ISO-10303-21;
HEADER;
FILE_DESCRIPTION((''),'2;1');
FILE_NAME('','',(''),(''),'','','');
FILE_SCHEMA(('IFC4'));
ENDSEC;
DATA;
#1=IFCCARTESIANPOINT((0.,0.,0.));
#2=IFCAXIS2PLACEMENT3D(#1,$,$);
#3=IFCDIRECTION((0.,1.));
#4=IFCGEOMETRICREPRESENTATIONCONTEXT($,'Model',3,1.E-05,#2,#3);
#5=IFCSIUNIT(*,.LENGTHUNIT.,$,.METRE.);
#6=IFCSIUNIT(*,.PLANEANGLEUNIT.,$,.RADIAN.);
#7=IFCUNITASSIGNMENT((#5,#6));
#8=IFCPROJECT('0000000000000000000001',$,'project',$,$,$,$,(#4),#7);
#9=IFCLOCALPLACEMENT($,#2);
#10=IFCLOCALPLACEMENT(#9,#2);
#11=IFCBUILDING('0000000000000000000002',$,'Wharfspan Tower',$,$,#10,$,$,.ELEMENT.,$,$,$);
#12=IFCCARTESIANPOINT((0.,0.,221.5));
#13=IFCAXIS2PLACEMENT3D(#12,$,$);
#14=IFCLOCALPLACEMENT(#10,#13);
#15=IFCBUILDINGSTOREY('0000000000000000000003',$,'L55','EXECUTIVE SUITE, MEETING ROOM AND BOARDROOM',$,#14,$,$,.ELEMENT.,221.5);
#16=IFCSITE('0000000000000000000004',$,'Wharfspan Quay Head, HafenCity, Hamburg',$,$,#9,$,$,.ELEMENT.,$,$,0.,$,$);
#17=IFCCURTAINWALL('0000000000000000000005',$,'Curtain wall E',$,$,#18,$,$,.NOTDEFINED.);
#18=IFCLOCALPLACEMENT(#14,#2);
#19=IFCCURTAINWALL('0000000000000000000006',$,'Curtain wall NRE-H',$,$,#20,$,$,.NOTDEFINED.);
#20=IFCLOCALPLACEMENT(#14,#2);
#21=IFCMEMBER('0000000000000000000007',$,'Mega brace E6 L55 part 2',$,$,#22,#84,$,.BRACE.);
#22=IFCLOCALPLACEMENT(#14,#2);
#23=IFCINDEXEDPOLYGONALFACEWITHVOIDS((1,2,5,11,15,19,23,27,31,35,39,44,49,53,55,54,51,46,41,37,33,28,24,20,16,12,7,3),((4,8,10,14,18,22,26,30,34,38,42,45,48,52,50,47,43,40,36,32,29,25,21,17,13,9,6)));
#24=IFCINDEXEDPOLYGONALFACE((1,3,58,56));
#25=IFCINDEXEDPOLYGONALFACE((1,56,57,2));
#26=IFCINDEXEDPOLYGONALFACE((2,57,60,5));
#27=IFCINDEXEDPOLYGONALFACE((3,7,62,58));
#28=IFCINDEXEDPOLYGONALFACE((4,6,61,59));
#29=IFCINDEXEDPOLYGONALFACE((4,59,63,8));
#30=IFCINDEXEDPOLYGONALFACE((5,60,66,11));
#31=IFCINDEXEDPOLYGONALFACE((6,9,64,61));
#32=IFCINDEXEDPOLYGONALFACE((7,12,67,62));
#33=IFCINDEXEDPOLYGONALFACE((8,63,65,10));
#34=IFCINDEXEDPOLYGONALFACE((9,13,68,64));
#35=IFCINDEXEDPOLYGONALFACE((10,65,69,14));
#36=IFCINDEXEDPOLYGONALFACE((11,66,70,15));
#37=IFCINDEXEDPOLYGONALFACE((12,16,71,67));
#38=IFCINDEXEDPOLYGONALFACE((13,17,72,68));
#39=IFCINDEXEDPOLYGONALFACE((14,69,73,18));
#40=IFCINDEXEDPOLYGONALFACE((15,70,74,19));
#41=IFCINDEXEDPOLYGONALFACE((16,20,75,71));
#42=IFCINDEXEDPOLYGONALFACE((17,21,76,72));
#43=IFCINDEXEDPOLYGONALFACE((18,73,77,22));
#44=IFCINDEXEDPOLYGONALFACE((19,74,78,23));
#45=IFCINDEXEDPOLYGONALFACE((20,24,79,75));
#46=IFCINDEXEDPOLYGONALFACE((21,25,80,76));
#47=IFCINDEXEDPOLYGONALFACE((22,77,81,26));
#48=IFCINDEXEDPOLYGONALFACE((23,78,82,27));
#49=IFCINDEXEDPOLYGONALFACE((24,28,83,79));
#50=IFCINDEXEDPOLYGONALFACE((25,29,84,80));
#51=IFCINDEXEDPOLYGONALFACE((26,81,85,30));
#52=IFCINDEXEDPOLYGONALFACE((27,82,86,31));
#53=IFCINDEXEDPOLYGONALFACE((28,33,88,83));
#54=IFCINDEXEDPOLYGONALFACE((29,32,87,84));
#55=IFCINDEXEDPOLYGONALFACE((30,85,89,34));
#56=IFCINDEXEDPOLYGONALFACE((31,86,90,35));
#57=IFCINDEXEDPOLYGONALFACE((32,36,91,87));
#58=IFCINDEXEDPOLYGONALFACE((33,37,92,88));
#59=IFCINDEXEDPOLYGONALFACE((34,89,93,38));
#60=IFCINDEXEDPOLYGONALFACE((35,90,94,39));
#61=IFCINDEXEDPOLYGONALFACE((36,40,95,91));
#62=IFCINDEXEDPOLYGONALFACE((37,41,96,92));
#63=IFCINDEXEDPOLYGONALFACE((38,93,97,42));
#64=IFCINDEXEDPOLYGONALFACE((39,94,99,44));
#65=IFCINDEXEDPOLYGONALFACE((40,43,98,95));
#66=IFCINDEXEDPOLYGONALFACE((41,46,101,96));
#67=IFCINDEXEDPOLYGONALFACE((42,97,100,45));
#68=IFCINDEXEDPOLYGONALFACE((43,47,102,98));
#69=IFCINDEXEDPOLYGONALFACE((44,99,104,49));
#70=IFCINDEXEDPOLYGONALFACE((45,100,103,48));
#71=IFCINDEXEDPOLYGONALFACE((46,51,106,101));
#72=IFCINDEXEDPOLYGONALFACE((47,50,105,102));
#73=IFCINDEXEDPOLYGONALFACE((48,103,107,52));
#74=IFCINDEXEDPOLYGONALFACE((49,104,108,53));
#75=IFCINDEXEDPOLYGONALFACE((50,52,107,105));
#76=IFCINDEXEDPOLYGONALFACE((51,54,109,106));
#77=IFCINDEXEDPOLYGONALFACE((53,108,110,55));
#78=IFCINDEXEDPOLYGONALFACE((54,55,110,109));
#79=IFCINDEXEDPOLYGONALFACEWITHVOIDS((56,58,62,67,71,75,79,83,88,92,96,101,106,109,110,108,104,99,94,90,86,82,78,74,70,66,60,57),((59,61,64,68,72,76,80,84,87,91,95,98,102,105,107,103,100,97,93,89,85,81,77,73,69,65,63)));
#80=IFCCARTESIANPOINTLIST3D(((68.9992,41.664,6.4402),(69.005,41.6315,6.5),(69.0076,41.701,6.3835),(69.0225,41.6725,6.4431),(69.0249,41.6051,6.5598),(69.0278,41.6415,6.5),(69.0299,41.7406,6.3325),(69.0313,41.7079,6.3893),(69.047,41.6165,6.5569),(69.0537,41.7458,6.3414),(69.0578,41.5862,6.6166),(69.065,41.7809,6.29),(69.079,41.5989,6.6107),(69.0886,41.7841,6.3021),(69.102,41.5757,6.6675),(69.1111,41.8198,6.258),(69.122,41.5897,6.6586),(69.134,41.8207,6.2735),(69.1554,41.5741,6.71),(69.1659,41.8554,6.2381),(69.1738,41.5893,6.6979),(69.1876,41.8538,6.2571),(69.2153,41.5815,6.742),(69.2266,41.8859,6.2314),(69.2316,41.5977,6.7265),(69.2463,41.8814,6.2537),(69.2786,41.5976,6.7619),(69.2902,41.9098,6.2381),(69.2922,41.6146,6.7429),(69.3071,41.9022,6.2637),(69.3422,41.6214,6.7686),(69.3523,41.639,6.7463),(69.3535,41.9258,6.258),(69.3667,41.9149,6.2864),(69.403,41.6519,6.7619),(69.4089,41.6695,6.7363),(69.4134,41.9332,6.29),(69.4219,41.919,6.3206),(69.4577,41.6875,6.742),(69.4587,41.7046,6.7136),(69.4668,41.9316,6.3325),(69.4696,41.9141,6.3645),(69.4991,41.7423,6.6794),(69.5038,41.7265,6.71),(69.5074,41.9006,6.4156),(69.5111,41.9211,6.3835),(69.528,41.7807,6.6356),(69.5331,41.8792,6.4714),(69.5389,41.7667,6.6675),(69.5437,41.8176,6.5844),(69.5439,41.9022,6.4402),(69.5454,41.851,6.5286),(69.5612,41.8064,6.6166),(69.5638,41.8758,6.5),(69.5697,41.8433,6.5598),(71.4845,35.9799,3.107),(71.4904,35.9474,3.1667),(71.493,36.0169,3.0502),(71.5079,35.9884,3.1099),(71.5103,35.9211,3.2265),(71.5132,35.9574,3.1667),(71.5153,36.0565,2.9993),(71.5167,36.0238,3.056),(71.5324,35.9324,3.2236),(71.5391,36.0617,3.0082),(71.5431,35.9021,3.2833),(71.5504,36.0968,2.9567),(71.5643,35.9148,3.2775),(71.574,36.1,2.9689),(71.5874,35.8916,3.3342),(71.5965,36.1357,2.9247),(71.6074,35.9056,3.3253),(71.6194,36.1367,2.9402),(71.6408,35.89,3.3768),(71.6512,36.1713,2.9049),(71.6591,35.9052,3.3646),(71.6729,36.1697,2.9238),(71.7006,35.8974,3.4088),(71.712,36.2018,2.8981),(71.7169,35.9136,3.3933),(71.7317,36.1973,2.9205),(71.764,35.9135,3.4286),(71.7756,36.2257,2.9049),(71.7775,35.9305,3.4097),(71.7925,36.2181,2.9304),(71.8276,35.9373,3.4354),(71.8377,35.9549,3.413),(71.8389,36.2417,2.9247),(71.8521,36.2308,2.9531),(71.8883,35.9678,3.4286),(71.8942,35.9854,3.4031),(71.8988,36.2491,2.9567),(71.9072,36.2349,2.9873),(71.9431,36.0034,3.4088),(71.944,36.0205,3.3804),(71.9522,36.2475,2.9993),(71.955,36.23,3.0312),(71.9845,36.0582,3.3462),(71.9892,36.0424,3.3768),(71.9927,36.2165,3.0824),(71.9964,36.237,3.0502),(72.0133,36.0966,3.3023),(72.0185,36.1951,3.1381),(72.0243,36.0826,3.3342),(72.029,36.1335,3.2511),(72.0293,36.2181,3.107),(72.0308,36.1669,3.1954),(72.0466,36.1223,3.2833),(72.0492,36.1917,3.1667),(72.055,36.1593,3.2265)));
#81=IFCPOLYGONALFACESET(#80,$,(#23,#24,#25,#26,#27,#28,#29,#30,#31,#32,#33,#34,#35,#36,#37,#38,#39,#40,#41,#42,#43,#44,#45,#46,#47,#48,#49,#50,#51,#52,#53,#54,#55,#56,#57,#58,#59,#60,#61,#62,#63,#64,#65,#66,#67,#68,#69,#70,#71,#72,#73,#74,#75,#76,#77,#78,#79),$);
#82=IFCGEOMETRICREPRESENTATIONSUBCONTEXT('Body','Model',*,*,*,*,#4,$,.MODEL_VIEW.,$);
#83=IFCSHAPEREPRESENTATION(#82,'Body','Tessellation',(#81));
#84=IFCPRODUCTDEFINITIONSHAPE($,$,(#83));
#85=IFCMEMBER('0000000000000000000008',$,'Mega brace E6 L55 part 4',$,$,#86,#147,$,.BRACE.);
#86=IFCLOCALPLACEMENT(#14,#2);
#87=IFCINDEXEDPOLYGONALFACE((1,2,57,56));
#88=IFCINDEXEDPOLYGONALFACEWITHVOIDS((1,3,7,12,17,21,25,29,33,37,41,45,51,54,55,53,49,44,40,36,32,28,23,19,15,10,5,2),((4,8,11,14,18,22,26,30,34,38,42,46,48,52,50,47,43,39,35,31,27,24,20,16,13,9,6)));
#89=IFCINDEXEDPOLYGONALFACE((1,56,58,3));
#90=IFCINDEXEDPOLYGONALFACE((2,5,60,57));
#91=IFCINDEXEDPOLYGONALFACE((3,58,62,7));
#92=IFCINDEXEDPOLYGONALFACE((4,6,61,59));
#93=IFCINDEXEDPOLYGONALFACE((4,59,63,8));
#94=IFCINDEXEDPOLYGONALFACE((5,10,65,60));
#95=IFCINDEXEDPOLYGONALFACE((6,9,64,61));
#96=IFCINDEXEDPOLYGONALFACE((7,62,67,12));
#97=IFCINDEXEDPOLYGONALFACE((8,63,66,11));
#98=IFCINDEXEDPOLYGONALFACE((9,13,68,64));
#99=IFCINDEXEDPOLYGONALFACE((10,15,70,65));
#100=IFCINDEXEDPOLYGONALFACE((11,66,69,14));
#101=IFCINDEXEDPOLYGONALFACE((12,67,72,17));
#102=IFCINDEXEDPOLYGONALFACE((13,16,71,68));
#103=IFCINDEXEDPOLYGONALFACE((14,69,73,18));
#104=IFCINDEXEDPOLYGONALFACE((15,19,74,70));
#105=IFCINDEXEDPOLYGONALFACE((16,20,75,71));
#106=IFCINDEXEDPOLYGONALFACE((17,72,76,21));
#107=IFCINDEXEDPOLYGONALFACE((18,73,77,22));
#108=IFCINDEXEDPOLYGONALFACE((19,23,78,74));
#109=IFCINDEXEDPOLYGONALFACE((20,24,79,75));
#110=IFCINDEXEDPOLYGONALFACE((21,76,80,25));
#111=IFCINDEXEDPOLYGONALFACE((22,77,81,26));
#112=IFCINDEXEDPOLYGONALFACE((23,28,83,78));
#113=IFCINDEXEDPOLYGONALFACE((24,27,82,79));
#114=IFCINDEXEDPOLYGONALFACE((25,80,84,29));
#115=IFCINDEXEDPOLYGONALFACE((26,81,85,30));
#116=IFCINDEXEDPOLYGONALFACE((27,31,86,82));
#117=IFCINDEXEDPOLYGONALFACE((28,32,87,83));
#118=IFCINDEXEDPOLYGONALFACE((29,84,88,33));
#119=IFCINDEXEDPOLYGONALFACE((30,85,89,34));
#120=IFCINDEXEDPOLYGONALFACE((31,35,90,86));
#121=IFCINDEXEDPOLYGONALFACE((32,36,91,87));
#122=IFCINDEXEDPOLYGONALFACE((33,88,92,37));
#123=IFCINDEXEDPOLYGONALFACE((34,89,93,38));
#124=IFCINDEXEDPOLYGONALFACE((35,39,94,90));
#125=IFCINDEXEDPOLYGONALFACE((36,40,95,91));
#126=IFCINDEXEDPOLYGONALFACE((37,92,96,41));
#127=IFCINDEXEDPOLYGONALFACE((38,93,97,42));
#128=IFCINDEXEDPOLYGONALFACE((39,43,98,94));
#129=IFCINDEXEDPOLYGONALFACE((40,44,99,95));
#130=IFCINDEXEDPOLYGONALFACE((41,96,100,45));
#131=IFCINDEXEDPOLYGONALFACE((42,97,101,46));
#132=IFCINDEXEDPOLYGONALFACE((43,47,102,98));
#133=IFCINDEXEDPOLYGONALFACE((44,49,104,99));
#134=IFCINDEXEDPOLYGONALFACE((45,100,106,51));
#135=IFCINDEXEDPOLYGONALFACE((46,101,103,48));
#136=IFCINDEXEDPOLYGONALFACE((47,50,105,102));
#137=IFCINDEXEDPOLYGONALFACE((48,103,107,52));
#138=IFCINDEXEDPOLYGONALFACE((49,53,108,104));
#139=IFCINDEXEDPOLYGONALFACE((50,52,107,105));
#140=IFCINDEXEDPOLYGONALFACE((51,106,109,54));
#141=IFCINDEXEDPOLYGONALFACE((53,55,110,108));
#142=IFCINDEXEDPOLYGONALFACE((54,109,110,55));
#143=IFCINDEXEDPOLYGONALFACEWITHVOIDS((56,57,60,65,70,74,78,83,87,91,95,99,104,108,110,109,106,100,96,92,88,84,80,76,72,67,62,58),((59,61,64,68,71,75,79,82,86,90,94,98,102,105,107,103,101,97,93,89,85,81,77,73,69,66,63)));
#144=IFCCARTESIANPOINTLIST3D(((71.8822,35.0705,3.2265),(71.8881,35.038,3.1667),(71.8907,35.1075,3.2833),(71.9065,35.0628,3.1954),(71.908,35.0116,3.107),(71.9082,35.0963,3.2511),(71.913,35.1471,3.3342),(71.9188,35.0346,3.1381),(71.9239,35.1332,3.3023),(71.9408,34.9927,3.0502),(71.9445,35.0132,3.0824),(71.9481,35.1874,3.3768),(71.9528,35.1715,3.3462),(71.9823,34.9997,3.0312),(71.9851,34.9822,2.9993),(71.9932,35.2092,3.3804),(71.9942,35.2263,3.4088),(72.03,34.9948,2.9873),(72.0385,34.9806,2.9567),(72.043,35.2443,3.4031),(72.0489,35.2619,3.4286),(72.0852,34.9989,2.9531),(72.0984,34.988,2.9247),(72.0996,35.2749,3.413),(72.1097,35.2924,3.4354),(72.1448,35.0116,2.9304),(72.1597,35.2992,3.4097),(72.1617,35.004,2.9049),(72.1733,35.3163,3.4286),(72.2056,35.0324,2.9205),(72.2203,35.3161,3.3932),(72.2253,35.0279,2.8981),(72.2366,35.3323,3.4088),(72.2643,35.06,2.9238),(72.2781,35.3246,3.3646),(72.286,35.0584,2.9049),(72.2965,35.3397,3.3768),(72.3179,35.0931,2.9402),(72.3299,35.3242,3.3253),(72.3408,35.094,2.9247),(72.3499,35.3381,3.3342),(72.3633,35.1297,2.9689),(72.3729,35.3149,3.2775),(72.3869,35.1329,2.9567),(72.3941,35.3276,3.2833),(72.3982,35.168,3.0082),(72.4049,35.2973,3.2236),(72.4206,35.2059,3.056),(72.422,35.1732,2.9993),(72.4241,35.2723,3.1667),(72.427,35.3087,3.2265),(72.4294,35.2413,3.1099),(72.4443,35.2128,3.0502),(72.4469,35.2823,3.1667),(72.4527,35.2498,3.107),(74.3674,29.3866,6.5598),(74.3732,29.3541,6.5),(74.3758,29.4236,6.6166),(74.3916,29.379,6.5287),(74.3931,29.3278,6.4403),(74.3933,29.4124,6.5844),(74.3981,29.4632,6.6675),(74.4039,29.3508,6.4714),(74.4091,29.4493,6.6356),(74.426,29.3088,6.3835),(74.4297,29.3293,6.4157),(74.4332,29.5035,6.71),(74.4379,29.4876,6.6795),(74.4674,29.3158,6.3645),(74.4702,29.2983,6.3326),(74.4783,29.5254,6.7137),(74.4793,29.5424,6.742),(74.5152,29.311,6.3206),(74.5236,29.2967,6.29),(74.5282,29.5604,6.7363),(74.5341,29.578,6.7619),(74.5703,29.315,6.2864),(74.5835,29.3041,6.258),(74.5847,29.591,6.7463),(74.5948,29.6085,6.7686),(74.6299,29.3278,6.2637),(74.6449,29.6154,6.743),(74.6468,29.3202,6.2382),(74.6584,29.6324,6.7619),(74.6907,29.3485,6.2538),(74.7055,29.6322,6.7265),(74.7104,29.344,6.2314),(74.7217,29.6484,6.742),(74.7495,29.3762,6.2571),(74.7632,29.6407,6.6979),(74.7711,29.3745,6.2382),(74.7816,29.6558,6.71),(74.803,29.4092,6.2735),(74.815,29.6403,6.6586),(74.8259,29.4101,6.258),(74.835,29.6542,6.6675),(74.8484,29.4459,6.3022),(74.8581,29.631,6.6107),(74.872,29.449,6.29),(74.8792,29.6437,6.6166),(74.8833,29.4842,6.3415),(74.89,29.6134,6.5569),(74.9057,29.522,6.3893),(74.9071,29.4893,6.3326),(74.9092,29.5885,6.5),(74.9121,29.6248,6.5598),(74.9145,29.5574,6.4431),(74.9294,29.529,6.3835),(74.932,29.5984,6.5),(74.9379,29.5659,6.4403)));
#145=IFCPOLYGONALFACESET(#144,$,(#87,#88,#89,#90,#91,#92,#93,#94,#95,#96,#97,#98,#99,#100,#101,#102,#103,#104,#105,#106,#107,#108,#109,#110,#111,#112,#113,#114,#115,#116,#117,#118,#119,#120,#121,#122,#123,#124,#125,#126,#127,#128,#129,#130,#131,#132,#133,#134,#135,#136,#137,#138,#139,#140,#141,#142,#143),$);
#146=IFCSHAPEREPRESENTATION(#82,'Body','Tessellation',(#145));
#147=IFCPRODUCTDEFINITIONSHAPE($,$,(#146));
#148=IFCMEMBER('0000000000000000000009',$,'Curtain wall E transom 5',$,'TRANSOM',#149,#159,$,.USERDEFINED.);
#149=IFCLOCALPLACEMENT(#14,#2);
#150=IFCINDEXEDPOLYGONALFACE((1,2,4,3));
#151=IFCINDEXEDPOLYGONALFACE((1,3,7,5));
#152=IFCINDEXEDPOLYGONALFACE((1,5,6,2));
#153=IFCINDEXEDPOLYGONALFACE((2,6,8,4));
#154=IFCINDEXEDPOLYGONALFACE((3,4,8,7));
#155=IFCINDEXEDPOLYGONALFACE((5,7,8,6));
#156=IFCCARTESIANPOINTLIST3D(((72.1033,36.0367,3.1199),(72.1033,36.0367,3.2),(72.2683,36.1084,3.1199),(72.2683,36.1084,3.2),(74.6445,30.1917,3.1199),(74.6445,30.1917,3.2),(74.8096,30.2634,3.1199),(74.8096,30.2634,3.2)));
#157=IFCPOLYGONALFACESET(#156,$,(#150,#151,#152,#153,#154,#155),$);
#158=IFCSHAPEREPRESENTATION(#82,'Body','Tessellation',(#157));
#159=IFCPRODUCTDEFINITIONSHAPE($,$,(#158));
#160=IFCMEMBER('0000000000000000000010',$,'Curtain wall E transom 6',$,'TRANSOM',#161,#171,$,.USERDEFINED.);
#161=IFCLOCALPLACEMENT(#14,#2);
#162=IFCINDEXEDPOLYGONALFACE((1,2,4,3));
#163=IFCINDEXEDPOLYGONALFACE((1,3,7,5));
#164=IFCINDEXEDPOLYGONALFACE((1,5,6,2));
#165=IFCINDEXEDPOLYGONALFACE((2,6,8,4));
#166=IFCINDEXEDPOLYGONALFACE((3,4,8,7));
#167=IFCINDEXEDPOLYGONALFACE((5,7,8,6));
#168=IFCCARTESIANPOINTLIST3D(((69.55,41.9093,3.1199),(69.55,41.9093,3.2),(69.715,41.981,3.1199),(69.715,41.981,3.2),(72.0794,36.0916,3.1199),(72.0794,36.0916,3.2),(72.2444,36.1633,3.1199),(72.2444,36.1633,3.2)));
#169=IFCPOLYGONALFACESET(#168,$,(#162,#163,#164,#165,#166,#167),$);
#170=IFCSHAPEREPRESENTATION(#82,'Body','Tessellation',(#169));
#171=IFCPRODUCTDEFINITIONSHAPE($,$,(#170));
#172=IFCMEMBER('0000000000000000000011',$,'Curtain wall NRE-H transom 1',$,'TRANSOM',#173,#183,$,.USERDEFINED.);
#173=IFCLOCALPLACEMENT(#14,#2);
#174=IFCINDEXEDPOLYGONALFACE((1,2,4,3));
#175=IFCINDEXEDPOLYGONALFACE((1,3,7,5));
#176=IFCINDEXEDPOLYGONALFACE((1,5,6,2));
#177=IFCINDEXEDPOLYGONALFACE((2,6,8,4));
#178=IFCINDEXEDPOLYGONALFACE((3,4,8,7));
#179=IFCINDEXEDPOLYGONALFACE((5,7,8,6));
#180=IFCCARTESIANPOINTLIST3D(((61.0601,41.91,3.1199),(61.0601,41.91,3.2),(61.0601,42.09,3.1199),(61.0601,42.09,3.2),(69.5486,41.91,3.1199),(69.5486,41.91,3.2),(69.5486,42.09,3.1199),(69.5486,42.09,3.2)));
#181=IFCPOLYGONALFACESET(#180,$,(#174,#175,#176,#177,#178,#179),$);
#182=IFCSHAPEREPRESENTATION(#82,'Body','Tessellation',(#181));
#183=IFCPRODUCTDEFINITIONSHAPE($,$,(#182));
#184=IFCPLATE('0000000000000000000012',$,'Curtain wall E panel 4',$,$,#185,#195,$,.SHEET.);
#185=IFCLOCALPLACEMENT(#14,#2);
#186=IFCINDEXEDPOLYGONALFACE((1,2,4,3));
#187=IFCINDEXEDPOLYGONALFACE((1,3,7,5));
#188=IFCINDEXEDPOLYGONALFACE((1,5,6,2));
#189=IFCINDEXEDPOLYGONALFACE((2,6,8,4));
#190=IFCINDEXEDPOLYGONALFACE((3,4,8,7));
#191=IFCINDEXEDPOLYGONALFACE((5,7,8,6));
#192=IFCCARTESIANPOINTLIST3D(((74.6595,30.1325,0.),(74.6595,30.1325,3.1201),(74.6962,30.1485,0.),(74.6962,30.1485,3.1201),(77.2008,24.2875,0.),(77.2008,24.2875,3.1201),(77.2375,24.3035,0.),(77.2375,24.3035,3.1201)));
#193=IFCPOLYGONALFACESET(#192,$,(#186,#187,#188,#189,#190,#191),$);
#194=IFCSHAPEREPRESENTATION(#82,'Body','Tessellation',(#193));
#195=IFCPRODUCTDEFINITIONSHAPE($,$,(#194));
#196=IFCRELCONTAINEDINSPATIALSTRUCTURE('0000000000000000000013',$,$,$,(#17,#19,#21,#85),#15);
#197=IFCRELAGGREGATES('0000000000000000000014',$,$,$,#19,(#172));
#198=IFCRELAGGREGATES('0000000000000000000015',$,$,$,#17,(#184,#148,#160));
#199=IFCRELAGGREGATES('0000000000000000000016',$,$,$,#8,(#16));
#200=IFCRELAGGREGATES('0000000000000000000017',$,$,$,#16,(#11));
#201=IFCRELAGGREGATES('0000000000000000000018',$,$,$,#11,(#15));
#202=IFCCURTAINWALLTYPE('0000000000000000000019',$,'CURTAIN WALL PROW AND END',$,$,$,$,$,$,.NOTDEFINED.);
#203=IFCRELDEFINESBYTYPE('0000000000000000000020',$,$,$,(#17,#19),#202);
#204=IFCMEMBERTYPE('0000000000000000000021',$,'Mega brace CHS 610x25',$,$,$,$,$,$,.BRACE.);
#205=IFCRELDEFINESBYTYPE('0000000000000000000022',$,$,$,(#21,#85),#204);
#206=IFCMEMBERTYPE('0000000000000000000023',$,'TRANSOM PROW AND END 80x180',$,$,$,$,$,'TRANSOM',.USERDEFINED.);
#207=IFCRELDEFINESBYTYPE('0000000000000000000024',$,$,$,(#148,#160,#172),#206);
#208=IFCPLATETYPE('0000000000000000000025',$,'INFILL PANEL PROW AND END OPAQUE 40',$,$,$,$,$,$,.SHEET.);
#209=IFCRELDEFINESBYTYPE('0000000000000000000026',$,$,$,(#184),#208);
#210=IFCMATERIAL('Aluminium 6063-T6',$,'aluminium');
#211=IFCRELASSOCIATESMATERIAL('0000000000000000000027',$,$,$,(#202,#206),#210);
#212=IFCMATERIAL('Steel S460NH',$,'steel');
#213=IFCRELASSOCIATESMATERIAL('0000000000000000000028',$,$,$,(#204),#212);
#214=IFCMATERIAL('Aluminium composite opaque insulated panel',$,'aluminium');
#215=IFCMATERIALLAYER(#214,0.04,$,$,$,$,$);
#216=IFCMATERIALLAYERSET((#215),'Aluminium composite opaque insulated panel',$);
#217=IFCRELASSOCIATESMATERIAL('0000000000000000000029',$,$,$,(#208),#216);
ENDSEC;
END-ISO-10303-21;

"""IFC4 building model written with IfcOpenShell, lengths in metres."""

from ifc_helpers import new_model, si_unit, direction, frame, origin, origin_2d, place, context, subcontext, project, spatial, rectangle, hollow_circle, extrude, material, layer, layer_set, material_profile, profile_set, type_object, element, aggregate, save


model = new_model("IFC4")

# Units and contexts
model_context = context("Model", 3, precision=1e-05, world=origin(), true_north=direction((0.0, 1.0)))
body_context = subcontext(model_context, "Body", "Model", "MODEL_VIEW")
ifc_project = project(units=[si_unit("LENGTHUNIT", "METRE"), si_unit("PLANEANGLEUNIT", "RADIAN")], contexts=[model_context])

# Site, building, storey
site_placement = place(None, origin())
site = spatial("IfcSite", under=ifc_project, at=site_placement, Name="Wharfspan Quay Head, HafenCity, Hamburg", CompositionType="ELEMENT", RefElevation=0.0)
building_placement = place(site_placement, origin())
building = spatial("IfcBuilding", under=site, at=building_placement, Name="Wharfspan Tower", CompositionType="ELEMENT")
storey_placement = place(building_placement, frame((0.0, 0.0, 221.5)))
storey = spatial("IfcBuildingStorey", under=building, at=storey_placement, Name="L55", Description="EXECUTIVE SUITE, MEETING ROOM AND BOARDROOM", CompositionType="ELEMENT", Elevation=221.5)

# Curtain wall
ifc_material_1 = material(Name="Aluminium 6063-T6", Category="aluminium")
curtain_wall_type = type_object("IfcCurtainWallType", Name="CURTAIN WALL PROW AND END", PredefinedType="NOTDEFINED", material=ifc_material_1)
curtain_wall_1_placement = place(storey_placement, origin())
curtain_wall_1 = element("IfcCurtainWall", 1, at=curtain_wall_1_placement, inside=storey, type_object=curtain_wall_type, Name="Curtain wall E", PredefinedType="NOTDEFINED")

# Curtain wall
curtain_wall_2_placement = place(storey_placement, origin())
curtain_wall_2 = element("IfcCurtainWall", 2, at=curtain_wall_2_placement, inside=storey, type_object=curtain_wall_type, Name="Curtain wall NRE-H", PredefinedType="NOTDEFINED")

# Members
ifc_material_2 = material(Name="Steel S460NH", Category="steel")
ifc_material_profile_1 = material_profile(ifc_material_2, hollow_circle(Radius=0.3049, WallThickness=0.0249, at=origin_2d()))
ifc_profile_set_1 = profile_set([ifc_material_profile_1], Name="Steel S460NH")
member_type_1 = type_object("IfcMemberType", Name="Mega brace CHS 610x25", PredefinedType="BRACE", material=ifc_profile_set_1)
member_1_placement = place(storey_placement, frame((71.7698, 36.0696, 3.1667), z_axis=(-0.352909, 0.807115, 0.473307), x_axis=(-0.916238, -0.400621, -0.000003)))
element("IfcMember", 3, at=member_1_placement, inside=storey, type_object=member_type_1, Name="Mega brace E6 L55 part 2", PredefinedType="BRACE", context=body_context, shape_type="SweptSolid", body=[
    extrude(hollow_circle(Radius=0.3049, WallThickness=0.0249, at=origin_2d()), origin(), (0.0, 0.0, 1.0), 7.0425),
])
member_2_placement = place(storey_placement, frame((72.1675, 35.1602, 3.1667), z_axis=(0.352889, -0.807113, 0.473327), x_axis=(0.916248, 0.400606, 0.000001)))
element("IfcMember", 4, at=member_2_placement, inside=storey, type_object=member_type_1, Name="Mega brace E6 L55 part 4", PredefinedType="BRACE", context=body_context, shape_type="SweptSolid", body=[
    extrude(hollow_circle(Radius=0.3049, WallThickness=0.0249, at=origin_2d()), origin(), (0.0, 0.0, 1.0), 7.0422),
])

# Members
ifc_material_profile_2 = material_profile(ifc_material_1, rectangle(XDim=0.1799, YDim=0.0801, at=origin_2d()))
ifc_profile_set_2 = profile_set([ifc_material_profile_2], Name="Aluminium 6063-T6")
member_type_2 = type_object("IfcMemberType", Name="TRANSOM PROW AND END 80x180", ElementType="TRANSOM", PredefinedType="USERDEFINED", material=ifc_profile_set_2)
member_3_placement = place(storey_placement, frame((74.7271, 30.2275, 3.1599), z_axis=(-0.398722, 0.917072, 0.0), x_axis=(-0.917072, -0.398722, 0.0)))
member_3 = element("IfcMember", 5, at=member_3_placement, type_object=member_type_2, Name="Curtain wall E transom 5", ObjectType="TRANSOM", PredefinedType="USERDEFINED", context=body_context, shape_type="SweptSolid", body=[
    extrude(rectangle(XDim=0.1799, YDim=0.0801, at=origin_2d()), origin(), (0.0, 0.0, 1.0), 6.3735),
])
member_4_placement = place(storey_placement, frame((72.1619, 36.1274, 3.1599), z_axis=(-0.398712, 0.917076, 0.0), x_axis=(-0.917076, -0.398712, 0.0)))
member_4 = element("IfcMember", 6, at=member_4_placement, type_object=member_type_2, Name="Curtain wall E transom 6", ObjectType="TRANSOM", PredefinedType="USERDEFINED", context=body_context, shape_type="SweptSolid", body=[
    extrude(rectangle(XDim=0.1799, YDim=0.0801, at=origin_2d()), origin(), (0.0, 0.0, 1.0), 6.3438),
])
member_5_placement = place(storey_placement, frame((69.5486, 42.0, 3.1599), z_axis=(-1.0, 0.0, 0.0), x_axis=(0.0, -1.0, 0.0)))
member_5 = element("IfcMember", 7, at=member_5_placement, type_object=member_type_2, Name="Curtain wall NRE-H transom 1", ObjectType="TRANSOM", PredefinedType="USERDEFINED", context=body_context, shape_type="SweptSolid", body=[
    extrude(rectangle(XDim=0.1799, YDim=0.0801, at=origin_2d()), origin(), (0.0, 0.0, 1.0), 8.4885),
])
aggregate(curtain_wall_2, [member_5])

# Plate
ifc_material_3 = material(Name="Aluminium composite opaque insulated panel", Category="aluminium")
ifc_layer_1 = layer(ifc_material_3, 0.04)
ifc_layer_set_1 = layer_set([ifc_layer_1], Name="Aluminium composite opaque insulated panel")
plate_type = type_object("IfcPlateType", Name="INFILL PANEL PROW AND END OPAQUE 40", PredefinedType="SHEET", material=ifc_layer_set_1)
plate_1_placement = place(storey_placement, frame((75.9485, 27.218, 0.0), z_axis=(0.0, 0.0, 1.0), x_axis=(-0.398727, 0.917072, 0.0)))
plate_1 = element("IfcPlate", 8, at=plate_1_placement, type_object=plate_type, Name="Curtain wall E panel 4", PredefinedType="SHEET", context=body_context, shape_type="SweptSolid", body=[
    extrude(rectangle(XDim=6.3735, YDim=0.04, at=origin_2d()), origin(), (0.0, 0.0, 1.0), 3.1201),
])
aggregate(curtain_wall_1, [plate_1, member_3, member_4])

save(model, "model.ifc")
